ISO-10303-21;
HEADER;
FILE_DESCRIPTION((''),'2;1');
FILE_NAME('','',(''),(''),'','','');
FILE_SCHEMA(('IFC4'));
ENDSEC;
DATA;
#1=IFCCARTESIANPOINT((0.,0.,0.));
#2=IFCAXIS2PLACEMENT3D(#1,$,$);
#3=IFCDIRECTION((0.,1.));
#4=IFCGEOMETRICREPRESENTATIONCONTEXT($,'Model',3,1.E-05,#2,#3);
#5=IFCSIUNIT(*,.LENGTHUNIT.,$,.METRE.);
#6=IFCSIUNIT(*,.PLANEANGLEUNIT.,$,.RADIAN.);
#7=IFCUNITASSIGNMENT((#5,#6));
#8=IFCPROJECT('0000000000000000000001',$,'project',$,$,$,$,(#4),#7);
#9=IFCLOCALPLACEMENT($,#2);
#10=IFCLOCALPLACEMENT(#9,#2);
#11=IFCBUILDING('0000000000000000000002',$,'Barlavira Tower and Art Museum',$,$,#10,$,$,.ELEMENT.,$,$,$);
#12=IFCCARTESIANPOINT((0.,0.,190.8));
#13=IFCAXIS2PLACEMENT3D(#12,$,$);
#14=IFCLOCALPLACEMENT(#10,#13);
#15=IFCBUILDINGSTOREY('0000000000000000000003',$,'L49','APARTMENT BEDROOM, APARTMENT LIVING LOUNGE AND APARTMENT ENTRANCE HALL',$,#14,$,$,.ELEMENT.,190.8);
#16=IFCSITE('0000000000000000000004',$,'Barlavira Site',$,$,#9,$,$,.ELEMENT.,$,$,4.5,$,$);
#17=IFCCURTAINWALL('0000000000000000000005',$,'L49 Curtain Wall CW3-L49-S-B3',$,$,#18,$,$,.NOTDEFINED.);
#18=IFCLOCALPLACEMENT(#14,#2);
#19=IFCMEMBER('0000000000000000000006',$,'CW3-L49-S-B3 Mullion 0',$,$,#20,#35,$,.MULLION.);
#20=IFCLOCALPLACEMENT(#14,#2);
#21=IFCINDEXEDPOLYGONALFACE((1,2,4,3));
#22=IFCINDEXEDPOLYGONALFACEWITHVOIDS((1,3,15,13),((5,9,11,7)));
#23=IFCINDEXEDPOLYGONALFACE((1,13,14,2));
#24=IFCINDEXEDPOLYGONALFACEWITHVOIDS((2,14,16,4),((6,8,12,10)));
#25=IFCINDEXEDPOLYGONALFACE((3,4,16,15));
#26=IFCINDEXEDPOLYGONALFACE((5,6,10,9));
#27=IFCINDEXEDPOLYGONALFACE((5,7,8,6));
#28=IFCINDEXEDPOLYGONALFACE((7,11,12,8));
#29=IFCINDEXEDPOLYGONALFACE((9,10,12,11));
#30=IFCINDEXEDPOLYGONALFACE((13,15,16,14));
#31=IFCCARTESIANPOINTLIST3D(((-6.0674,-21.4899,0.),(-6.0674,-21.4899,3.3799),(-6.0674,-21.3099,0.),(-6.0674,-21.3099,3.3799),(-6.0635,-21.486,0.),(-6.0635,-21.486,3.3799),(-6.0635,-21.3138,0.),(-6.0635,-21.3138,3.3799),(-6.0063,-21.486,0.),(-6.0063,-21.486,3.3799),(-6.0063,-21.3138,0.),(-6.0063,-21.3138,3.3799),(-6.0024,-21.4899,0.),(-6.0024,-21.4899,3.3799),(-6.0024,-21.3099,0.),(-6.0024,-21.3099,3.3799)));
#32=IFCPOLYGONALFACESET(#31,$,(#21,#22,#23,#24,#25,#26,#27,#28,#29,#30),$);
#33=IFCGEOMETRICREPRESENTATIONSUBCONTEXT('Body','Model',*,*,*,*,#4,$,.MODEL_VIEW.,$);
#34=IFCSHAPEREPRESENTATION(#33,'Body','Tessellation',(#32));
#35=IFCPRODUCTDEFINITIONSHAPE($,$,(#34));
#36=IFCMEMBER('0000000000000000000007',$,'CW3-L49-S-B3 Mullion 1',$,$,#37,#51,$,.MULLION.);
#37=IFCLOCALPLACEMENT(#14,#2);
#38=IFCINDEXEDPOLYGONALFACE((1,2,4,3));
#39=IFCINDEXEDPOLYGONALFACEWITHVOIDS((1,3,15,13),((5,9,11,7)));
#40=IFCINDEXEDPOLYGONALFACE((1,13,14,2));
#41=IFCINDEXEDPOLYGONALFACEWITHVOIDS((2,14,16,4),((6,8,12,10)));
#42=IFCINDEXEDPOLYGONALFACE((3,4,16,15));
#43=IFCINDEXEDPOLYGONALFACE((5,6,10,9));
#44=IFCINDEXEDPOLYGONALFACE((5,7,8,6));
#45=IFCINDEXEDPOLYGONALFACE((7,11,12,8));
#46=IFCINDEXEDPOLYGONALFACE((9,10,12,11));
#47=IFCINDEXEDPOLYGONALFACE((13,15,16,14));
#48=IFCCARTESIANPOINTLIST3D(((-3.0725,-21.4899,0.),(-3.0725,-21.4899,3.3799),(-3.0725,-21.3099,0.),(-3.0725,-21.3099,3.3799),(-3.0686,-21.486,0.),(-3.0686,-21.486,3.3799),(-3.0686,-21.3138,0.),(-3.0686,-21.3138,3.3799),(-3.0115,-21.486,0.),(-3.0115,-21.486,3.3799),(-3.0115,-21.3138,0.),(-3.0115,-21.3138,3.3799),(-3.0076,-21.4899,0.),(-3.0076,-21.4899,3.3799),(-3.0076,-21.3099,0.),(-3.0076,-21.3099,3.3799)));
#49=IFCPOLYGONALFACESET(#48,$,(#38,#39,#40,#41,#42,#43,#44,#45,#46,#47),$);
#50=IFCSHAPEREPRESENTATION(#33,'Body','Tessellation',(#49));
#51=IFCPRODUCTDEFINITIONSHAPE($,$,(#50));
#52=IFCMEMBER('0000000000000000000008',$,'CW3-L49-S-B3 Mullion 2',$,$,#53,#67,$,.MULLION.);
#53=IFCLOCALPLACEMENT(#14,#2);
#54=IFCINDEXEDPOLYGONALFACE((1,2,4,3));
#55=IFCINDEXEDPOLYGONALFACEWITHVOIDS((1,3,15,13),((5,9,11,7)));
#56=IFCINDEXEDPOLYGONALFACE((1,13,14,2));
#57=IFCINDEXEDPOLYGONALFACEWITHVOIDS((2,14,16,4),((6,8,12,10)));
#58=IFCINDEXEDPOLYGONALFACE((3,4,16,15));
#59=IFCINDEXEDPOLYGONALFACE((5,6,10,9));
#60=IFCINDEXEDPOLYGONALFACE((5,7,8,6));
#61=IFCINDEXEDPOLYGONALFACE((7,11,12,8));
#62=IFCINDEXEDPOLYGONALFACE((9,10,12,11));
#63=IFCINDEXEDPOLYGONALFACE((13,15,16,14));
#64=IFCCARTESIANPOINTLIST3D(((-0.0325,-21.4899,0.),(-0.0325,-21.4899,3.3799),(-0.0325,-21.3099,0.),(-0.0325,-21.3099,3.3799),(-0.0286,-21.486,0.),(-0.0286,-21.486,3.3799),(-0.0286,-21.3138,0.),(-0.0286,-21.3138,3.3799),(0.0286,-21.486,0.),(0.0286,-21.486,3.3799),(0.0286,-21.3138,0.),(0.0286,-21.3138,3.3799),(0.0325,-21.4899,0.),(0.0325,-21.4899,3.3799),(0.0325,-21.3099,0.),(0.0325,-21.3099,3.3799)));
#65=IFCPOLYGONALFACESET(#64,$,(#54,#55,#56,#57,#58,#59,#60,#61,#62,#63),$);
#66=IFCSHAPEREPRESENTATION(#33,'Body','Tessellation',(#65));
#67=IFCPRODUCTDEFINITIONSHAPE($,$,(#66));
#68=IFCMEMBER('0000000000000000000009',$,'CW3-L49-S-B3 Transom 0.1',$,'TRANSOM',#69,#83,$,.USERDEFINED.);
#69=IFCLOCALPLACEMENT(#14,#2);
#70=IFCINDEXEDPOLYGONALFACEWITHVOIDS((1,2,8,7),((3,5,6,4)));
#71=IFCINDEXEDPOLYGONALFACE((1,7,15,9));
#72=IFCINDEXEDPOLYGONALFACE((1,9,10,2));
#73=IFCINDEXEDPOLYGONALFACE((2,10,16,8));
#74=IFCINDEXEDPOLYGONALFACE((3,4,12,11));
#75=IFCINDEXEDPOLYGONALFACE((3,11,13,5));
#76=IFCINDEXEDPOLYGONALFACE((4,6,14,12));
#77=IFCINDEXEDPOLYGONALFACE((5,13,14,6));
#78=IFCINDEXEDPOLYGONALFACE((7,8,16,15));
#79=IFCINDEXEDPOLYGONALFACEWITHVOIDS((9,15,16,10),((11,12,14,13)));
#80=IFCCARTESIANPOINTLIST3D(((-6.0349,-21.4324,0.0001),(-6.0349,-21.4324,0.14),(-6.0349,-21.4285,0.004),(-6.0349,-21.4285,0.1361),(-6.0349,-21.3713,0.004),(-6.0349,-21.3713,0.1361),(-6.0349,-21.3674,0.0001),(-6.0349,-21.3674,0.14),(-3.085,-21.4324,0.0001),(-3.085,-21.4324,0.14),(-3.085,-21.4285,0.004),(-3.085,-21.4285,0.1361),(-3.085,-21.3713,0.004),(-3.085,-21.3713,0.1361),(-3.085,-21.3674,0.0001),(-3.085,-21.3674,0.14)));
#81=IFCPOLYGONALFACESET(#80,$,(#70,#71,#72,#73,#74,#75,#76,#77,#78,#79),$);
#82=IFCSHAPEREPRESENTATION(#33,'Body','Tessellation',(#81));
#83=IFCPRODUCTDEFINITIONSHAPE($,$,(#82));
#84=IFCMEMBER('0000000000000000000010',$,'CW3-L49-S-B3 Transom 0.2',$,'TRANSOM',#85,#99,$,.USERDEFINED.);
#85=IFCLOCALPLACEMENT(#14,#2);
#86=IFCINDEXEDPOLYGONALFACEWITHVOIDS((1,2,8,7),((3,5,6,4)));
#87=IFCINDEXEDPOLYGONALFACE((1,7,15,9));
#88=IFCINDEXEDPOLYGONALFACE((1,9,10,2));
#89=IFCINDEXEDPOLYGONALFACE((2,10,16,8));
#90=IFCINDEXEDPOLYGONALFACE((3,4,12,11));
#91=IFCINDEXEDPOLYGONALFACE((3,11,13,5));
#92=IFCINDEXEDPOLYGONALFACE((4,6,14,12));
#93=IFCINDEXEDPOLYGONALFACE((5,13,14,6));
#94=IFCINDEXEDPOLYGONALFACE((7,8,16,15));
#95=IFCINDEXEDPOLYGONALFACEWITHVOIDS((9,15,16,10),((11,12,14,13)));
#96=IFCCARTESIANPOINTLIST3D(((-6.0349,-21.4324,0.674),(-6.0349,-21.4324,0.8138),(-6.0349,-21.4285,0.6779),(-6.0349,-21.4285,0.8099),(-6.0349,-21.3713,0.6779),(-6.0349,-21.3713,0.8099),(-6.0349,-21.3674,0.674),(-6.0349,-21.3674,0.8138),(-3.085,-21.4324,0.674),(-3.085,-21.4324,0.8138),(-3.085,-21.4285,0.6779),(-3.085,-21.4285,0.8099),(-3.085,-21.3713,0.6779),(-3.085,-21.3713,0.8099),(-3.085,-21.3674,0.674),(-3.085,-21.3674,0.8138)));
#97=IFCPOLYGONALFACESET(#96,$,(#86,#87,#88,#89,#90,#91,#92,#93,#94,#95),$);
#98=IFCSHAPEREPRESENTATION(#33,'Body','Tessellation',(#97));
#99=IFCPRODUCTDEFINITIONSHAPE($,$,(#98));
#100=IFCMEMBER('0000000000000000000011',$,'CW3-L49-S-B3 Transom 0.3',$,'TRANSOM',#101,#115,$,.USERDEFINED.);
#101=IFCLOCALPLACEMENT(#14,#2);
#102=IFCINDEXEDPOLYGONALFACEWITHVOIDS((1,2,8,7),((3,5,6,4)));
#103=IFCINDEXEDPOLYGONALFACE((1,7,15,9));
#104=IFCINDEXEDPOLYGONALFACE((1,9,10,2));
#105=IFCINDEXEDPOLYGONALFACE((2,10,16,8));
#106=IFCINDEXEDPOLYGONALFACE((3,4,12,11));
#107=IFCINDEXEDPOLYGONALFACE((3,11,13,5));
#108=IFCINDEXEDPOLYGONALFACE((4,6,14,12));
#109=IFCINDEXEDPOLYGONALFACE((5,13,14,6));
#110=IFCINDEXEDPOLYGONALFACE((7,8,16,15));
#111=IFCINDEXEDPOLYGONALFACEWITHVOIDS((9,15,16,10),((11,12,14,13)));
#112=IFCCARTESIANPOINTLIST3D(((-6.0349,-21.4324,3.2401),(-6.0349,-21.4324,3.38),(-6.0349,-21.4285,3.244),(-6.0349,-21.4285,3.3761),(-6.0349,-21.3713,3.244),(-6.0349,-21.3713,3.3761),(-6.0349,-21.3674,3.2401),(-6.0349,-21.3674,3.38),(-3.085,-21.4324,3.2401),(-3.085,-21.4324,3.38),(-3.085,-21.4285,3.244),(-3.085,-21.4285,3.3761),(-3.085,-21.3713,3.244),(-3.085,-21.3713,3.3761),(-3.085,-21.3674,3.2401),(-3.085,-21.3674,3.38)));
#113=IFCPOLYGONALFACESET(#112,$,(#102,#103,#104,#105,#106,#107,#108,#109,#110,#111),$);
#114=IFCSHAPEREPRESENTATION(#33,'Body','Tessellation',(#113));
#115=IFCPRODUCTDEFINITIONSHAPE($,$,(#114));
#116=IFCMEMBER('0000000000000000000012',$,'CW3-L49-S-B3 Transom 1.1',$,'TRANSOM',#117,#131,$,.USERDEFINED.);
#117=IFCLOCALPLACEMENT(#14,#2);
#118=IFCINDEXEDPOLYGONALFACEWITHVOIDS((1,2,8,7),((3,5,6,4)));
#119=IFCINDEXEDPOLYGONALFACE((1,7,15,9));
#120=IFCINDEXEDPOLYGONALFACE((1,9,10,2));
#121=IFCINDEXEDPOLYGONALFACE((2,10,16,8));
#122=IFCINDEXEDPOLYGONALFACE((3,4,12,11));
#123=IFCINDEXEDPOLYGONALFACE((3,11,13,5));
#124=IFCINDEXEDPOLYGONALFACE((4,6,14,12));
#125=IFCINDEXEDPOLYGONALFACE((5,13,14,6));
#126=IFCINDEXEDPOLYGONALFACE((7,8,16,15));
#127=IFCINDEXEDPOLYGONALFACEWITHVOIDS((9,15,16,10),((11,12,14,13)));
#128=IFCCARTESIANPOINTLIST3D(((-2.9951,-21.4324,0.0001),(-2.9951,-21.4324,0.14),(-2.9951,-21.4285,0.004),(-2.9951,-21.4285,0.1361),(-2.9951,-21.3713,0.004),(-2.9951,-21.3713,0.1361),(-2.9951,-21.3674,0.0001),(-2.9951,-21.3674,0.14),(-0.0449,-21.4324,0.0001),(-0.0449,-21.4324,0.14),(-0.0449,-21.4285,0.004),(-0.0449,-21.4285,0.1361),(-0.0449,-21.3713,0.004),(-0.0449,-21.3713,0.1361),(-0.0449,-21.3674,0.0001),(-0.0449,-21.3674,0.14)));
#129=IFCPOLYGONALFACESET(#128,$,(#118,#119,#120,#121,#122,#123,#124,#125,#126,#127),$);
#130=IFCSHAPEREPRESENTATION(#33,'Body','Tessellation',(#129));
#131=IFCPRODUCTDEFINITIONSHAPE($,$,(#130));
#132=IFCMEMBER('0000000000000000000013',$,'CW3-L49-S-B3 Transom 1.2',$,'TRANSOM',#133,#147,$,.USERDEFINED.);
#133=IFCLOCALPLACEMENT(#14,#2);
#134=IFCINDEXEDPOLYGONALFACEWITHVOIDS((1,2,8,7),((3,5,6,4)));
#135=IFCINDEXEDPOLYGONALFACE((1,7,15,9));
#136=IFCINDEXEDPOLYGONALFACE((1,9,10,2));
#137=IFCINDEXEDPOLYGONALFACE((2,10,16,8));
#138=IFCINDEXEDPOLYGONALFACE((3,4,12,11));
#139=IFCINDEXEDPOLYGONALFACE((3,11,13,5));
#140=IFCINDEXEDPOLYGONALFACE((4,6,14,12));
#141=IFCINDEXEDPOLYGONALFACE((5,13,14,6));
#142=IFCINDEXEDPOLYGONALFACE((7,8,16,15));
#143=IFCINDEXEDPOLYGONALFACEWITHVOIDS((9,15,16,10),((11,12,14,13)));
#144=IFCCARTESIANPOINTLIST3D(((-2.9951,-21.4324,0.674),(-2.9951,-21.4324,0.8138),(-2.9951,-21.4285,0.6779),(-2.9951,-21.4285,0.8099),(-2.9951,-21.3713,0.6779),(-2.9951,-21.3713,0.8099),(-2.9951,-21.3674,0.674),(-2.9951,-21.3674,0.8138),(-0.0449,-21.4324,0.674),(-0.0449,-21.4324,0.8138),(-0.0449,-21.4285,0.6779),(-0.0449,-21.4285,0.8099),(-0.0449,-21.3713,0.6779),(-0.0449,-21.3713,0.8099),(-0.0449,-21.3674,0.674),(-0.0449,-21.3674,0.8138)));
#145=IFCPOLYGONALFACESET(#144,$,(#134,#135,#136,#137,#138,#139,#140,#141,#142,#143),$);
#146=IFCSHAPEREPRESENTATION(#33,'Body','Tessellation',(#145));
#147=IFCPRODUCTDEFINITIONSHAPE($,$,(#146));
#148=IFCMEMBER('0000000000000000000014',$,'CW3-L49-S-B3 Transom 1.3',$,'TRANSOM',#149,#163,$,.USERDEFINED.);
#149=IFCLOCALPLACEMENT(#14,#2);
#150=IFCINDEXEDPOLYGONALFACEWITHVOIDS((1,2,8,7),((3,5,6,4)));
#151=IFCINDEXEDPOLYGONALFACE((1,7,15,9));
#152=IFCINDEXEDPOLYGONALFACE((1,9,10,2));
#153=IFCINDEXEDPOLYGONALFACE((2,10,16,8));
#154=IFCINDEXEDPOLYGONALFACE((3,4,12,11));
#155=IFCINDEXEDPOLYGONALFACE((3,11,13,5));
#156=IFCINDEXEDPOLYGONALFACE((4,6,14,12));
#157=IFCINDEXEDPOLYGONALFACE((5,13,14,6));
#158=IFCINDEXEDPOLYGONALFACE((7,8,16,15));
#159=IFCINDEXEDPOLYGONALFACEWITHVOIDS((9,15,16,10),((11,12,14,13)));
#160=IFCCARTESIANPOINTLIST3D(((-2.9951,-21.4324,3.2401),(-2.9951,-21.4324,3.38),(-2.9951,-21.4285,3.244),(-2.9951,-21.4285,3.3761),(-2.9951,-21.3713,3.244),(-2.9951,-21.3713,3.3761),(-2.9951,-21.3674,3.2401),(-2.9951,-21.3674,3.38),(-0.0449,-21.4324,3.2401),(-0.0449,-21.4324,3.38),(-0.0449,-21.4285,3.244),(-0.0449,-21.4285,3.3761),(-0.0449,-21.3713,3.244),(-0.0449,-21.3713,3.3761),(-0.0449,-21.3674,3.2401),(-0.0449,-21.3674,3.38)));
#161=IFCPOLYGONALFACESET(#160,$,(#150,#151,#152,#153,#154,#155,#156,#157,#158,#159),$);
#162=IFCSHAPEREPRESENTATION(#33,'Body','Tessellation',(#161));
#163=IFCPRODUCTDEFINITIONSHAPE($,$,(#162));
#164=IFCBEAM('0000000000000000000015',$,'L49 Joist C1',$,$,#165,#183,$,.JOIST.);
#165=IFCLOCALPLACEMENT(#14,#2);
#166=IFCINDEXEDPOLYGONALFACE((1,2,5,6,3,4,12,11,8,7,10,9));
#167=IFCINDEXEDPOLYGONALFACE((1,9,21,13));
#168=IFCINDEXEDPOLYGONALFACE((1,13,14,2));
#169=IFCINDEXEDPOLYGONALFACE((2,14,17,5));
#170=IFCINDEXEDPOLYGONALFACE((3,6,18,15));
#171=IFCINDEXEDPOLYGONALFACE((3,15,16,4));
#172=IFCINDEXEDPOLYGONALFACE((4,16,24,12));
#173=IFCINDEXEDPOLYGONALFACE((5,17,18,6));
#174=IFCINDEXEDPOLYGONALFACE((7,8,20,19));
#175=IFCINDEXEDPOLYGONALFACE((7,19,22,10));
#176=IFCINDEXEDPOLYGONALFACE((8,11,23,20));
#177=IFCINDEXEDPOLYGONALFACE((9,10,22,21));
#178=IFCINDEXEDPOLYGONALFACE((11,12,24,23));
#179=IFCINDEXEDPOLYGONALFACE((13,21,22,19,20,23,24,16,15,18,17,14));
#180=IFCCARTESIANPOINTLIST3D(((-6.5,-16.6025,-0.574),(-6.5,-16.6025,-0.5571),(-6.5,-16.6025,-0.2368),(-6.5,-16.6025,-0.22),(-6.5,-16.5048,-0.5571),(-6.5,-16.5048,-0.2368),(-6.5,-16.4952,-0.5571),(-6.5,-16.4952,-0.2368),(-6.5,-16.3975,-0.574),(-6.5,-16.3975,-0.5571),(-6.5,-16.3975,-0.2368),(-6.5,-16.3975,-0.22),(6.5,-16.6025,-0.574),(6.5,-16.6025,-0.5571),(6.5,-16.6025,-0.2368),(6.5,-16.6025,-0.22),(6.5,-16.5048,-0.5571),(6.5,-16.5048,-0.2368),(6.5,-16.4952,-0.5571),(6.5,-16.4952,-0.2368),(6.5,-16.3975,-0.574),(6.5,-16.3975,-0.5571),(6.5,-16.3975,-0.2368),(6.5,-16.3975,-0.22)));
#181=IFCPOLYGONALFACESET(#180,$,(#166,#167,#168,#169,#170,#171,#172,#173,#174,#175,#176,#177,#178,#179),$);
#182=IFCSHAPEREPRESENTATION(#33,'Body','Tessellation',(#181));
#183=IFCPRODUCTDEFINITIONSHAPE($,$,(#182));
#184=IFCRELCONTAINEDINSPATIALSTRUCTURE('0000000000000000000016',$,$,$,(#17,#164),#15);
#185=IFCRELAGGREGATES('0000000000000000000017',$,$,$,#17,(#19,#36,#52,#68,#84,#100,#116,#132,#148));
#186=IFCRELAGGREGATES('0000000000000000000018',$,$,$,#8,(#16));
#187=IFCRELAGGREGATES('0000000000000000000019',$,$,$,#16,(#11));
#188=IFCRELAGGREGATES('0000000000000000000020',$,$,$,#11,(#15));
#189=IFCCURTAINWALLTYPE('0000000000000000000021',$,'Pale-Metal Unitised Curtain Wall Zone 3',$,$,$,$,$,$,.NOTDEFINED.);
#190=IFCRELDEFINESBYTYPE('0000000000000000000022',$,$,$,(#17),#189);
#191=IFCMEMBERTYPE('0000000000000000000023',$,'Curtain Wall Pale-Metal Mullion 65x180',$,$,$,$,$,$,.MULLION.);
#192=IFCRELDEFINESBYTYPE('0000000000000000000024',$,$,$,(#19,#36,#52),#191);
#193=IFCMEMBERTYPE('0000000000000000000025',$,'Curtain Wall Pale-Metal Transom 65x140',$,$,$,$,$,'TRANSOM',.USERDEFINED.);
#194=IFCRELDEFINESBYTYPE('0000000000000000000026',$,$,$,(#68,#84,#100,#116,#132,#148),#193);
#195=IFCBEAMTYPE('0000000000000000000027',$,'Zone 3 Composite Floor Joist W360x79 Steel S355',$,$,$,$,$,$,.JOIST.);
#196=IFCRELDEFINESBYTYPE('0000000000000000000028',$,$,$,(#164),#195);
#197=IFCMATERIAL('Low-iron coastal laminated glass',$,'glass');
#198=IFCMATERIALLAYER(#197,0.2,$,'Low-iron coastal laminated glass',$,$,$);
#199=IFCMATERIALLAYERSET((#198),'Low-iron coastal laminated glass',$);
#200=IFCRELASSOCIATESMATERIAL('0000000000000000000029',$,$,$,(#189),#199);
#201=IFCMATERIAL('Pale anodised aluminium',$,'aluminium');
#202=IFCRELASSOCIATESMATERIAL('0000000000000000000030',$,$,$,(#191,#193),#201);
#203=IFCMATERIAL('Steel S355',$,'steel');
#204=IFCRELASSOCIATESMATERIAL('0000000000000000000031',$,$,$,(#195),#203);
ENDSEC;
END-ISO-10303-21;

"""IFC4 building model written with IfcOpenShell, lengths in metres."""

from ifc_helpers import new_model, si_unit, direction, frame, origin, origin_2d, place, context, subcontext, project, spatial, hollow_rectangle, i_section, extrude, material, layer, layer_set, material_profile, profile_set, type_object, element, aggregate, save


model = new_model("IFC4")

# Units and contexts
model_context = context("Model", 3, precision=1e-05, world=origin(), true_north=direction((0.0, 1.0)))
body_context = subcontext(model_context, "Body", "Model", "MODEL_VIEW")
ifc_project = project(units=[si_unit("LENGTHUNIT", "METRE"), si_unit("PLANEANGLEUNIT", "RADIAN")], contexts=[model_context])

# Site, building, storey
site_placement = place(None, origin())
site = spatial("IfcSite", under=ifc_project, at=site_placement, Name="Barlavira Site", CompositionType="ELEMENT", RefElevation=4.5)
building_placement = place(site_placement, origin())
building = spatial("IfcBuilding", under=site, at=building_placement, Name="Barlavira Tower and Art Museum", CompositionType="ELEMENT")
storey_placement = place(building_placement, frame((0.0, 0.0, 190.8)))
storey = spatial("IfcBuildingStorey", under=building, at=storey_placement, Name="L49", Description="APARTMENT BEDROOM, APARTMENT LIVING LOUNGE AND APARTMENT ENTRANCE HALL", CompositionType="ELEMENT", Elevation=190.8)

# Curtain wall, members
ifc_material_1 = material(Name="Low-iron coastal laminated glass", Category="glass")
ifc_layer_1 = layer(ifc_material_1, 0.2, Name="Low-iron coastal laminated glass")
ifc_layer_set_1 = layer_set([ifc_layer_1], Name="Low-iron coastal laminated glass")
curtain_wall_type = type_object("IfcCurtainWallType", Name="Pale-Metal Unitised Curtain Wall Zone 3", PredefinedType="NOTDEFINED", material=ifc_layer_set_1)
curtain_wall_placement = place(storey_placement, origin())
curtain_wall = element("IfcCurtainWall", 1, at=curtain_wall_placement, inside=storey, type_object=curtain_wall_type, Name="L49 Curtain Wall CW3-L49-S-B3", PredefinedType="NOTDEFINED")
ifc_material_2 = material(Name="Pale anodised aluminium", Category="aluminium")
ifc_material_profile_1 = material_profile(ifc_material_2, hollow_rectangle(XDim=0.0649, YDim=0.1799, WallThickness=0.0039, at=origin_2d()), Name="ALU-MULL 65x180x4")
ifc_profile_set_1 = profile_set([ifc_material_profile_1], Name="Pale anodised aluminium")
member_type_1 = type_object("IfcMemberType", Name="Curtain Wall Pale-Metal Mullion 65x180", PredefinedType="MULLION", material=ifc_profile_set_1)
member_1_placement = place(storey_placement, frame((-6.0349, -21.3999, 0.0), z_axis=(0.0, 0.0, 1.0), x_axis=(1.0, 0.0, 0.0)))
member_1 = element("IfcMember", 2, at=member_1_placement, type_object=member_type_1, Name="CW3-L49-S-B3 Mullion 0", PredefinedType="MULLION", context=body_context, shape_type="SweptSolid", body=[
    extrude(hollow_rectangle(XDim=0.0649, YDim=0.1799, WallThickness=0.0039, at=origin_2d()), origin(), (0.0, 0.0, 1.0), 3.3799),
])
member_2_placement = place(storey_placement, frame((-3.04, -21.3999, 0.0), z_axis=(0.0, 0.0, 1.0), x_axis=(1.0, 0.0, 0.0)))
member_2 = element("IfcMember", 3, at=member_2_placement, type_object=member_type_1, Name="CW3-L49-S-B3 Mullion 1", PredefinedType="MULLION", context=body_context, shape_type="SweptSolid", body=[
    extrude(hollow_rectangle(XDim=0.0649, YDim=0.1799, WallThickness=0.0039, at=origin_2d()), origin(), (0.0, 0.0, 1.0), 3.3799),
])
member_3_placement = place(storey_placement, frame((0.0, -21.3999, 0.0), z_axis=(0.0, 0.0, 1.0), x_axis=(1.0, 0.0, 0.0)))
member_3 = element("IfcMember", 4, at=member_3_placement, type_object=member_type_1, Name="CW3-L49-S-B3 Mullion 2", PredefinedType="MULLION", context=body_context, shape_type="SweptSolid", body=[
    extrude(hollow_rectangle(XDim=0.0649, YDim=0.1799, WallThickness=0.0039, at=origin_2d()), origin(), (0.0, 0.0, 1.0), 3.3799),
])
ifc_material_profile_2 = material_profile(ifc_material_2, hollow_rectangle(XDim=0.0649, YDim=0.1399, WallThickness=0.0039, at=origin_2d()), Name="ALU-TRAN 65x140x4")
ifc_profile_set_2 = profile_set([ifc_material_profile_2], Name="Pale anodised aluminium")
member_type_2 = type_object("IfcMemberType", Name="Curtain Wall Pale-Metal Transom 65x140", ElementType="TRANSOM", PredefinedType="USERDEFINED", material=ifc_profile_set_2)
member_4_placement = place(storey_placement, frame((-6.0349, -21.3999, 0.0701), z_axis=(1.0, 0.0, 0.0), x_axis=(0.0, 1.0, 0.0)))
member_4 = element("IfcMember", 5, at=member_4_placement, type_object=member_type_2, Name="CW3-L49-S-B3 Transom 0.1", ObjectType="TRANSOM", PredefinedType="USERDEFINED", context=body_context, shape_type="SweptSolid", body=[
    extrude(hollow_rectangle(XDim=0.0649, YDim=0.1399, WallThickness=0.0039, at=origin_2d()), origin(), (0.0, 0.0, 1.0), 2.95),
])
member_5_placement = place(storey_placement, frame((-6.0349, -21.3999, 0.7439), z_axis=(1.0, 0.0, 0.0), x_axis=(0.0, 1.0, 0.0)))
member_5 = element("IfcMember", 6, at=member_5_placement, type_object=member_type_2, Name="CW3-L49-S-B3 Transom 0.2", ObjectType="TRANSOM", PredefinedType="USERDEFINED", context=body_context, shape_type="SweptSolid", body=[
    extrude(hollow_rectangle(XDim=0.0649, YDim=0.1399, WallThickness=0.0039, at=origin_2d()), origin(), (0.0, 0.0, 1.0), 2.95),
])
member_6_placement = place(storey_placement, frame((-6.0349, -21.3999, 3.3101), z_axis=(1.0, 0.0, 0.0), x_axis=(0.0, 1.0, 0.0)))
member_6 = element("IfcMember", 7, at=member_6_placement, type_object=member_type_2, Name="CW3-L49-S-B3 Transom 0.3", ObjectType="TRANSOM", PredefinedType="USERDEFINED", context=body_context, shape_type="SweptSolid", body=[
    extrude(hollow_rectangle(XDim=0.0649, YDim=0.1399, WallThickness=0.0039, at=origin_2d()), origin(), (0.0, 0.0, 1.0), 2.95),
])
member_7_placement = place(storey_placement, frame((-2.9951, -21.3999, 0.0701), z_axis=(1.0, 0.0, 0.0), x_axis=(0.0, 1.0, 0.0)))
member_7 = element("IfcMember", 8, at=member_7_placement, type_object=member_type_2, Name="CW3-L49-S-B3 Transom 1.1", ObjectType="TRANSOM", PredefinedType="USERDEFINED", context=body_context, shape_type="SweptSolid", body=[
    extrude(hollow_rectangle(XDim=0.0649, YDim=0.1399, WallThickness=0.0039, at=origin_2d()), origin(), (0.0, 0.0, 1.0), 2.9502),
])
member_8_placement = place(storey_placement, frame((-2.9951, -21.3999, 0.7439), z_axis=(1.0, 0.0, 0.0), x_axis=(0.0, 1.0, 0.0)))
member_8 = element("IfcMember", 9, at=member_8_placement, type_object=member_type_2, Name="CW3-L49-S-B3 Transom 1.2", ObjectType="TRANSOM", PredefinedType="USERDEFINED", context=body_context, shape_type="SweptSolid", body=[
    extrude(hollow_rectangle(XDim=0.0649, YDim=0.1399, WallThickness=0.0039, at=origin_2d()), origin(), (0.0, 0.0, 1.0), 2.9502),
])
member_9_placement = place(storey_placement, frame((-2.9951, -21.3999, 3.3101), z_axis=(1.0, 0.0, 0.0), x_axis=(0.0, 1.0, 0.0)))
member_9 = element("IfcMember", 10, at=member_9_placement, type_object=member_type_2, Name="CW3-L49-S-B3 Transom 1.3", ObjectType="TRANSOM", PredefinedType="USERDEFINED", context=body_context, shape_type="SweptSolid", body=[
    extrude(hollow_rectangle(XDim=0.0649, YDim=0.1399, WallThickness=0.0039, at=origin_2d()), origin(), (0.0, 0.0, 1.0), 2.9502),
])

# Beam
ifc_material_3 = material(Name="Steel S355", Category="steel")
ifc_material_profile_3 = material_profile(ifc_material_3, i_section(OverallWidth=0.2051, OverallDepth=0.354, WebThickness=0.0095, FlangeThickness=0.0168, at=origin_2d()), Name="W360x79.0")
ifc_profile_set_3 = profile_set([ifc_material_profile_3], Name="Steel S355")
beam_type_1 = type_object("IfcBeamType", Name="Zone 3 Composite Floor Joist W360x79 Steel S355", PredefinedType="JOIST", material=ifc_profile_set_3)
beam_1_placement = place(storey_placement, frame((-6.5, -16.5, -0.397), z_axis=(1.0, 0.0, 0.0), x_axis=(0.0, 1.0, 0.0)))
element("IfcBeam", 11, at=beam_1_placement, inside=storey, type_object=beam_type_1, Name="L49 Joist C1", PredefinedType="JOIST", context=body_context, shape_type="SweptSolid", body=[
    extrude(i_section(OverallWidth=0.2051, OverallDepth=0.354, WebThickness=0.0095, FlangeThickness=0.0168, at=origin_2d()), origin(), (0.0, 0.0, 1.0), 13.0),
])

aggregate(curtain_wall, [member_1, member_2, member_3, member_4, member_5, member_6, member_7, member_8, member_9])

save(model, "model.ifc")
